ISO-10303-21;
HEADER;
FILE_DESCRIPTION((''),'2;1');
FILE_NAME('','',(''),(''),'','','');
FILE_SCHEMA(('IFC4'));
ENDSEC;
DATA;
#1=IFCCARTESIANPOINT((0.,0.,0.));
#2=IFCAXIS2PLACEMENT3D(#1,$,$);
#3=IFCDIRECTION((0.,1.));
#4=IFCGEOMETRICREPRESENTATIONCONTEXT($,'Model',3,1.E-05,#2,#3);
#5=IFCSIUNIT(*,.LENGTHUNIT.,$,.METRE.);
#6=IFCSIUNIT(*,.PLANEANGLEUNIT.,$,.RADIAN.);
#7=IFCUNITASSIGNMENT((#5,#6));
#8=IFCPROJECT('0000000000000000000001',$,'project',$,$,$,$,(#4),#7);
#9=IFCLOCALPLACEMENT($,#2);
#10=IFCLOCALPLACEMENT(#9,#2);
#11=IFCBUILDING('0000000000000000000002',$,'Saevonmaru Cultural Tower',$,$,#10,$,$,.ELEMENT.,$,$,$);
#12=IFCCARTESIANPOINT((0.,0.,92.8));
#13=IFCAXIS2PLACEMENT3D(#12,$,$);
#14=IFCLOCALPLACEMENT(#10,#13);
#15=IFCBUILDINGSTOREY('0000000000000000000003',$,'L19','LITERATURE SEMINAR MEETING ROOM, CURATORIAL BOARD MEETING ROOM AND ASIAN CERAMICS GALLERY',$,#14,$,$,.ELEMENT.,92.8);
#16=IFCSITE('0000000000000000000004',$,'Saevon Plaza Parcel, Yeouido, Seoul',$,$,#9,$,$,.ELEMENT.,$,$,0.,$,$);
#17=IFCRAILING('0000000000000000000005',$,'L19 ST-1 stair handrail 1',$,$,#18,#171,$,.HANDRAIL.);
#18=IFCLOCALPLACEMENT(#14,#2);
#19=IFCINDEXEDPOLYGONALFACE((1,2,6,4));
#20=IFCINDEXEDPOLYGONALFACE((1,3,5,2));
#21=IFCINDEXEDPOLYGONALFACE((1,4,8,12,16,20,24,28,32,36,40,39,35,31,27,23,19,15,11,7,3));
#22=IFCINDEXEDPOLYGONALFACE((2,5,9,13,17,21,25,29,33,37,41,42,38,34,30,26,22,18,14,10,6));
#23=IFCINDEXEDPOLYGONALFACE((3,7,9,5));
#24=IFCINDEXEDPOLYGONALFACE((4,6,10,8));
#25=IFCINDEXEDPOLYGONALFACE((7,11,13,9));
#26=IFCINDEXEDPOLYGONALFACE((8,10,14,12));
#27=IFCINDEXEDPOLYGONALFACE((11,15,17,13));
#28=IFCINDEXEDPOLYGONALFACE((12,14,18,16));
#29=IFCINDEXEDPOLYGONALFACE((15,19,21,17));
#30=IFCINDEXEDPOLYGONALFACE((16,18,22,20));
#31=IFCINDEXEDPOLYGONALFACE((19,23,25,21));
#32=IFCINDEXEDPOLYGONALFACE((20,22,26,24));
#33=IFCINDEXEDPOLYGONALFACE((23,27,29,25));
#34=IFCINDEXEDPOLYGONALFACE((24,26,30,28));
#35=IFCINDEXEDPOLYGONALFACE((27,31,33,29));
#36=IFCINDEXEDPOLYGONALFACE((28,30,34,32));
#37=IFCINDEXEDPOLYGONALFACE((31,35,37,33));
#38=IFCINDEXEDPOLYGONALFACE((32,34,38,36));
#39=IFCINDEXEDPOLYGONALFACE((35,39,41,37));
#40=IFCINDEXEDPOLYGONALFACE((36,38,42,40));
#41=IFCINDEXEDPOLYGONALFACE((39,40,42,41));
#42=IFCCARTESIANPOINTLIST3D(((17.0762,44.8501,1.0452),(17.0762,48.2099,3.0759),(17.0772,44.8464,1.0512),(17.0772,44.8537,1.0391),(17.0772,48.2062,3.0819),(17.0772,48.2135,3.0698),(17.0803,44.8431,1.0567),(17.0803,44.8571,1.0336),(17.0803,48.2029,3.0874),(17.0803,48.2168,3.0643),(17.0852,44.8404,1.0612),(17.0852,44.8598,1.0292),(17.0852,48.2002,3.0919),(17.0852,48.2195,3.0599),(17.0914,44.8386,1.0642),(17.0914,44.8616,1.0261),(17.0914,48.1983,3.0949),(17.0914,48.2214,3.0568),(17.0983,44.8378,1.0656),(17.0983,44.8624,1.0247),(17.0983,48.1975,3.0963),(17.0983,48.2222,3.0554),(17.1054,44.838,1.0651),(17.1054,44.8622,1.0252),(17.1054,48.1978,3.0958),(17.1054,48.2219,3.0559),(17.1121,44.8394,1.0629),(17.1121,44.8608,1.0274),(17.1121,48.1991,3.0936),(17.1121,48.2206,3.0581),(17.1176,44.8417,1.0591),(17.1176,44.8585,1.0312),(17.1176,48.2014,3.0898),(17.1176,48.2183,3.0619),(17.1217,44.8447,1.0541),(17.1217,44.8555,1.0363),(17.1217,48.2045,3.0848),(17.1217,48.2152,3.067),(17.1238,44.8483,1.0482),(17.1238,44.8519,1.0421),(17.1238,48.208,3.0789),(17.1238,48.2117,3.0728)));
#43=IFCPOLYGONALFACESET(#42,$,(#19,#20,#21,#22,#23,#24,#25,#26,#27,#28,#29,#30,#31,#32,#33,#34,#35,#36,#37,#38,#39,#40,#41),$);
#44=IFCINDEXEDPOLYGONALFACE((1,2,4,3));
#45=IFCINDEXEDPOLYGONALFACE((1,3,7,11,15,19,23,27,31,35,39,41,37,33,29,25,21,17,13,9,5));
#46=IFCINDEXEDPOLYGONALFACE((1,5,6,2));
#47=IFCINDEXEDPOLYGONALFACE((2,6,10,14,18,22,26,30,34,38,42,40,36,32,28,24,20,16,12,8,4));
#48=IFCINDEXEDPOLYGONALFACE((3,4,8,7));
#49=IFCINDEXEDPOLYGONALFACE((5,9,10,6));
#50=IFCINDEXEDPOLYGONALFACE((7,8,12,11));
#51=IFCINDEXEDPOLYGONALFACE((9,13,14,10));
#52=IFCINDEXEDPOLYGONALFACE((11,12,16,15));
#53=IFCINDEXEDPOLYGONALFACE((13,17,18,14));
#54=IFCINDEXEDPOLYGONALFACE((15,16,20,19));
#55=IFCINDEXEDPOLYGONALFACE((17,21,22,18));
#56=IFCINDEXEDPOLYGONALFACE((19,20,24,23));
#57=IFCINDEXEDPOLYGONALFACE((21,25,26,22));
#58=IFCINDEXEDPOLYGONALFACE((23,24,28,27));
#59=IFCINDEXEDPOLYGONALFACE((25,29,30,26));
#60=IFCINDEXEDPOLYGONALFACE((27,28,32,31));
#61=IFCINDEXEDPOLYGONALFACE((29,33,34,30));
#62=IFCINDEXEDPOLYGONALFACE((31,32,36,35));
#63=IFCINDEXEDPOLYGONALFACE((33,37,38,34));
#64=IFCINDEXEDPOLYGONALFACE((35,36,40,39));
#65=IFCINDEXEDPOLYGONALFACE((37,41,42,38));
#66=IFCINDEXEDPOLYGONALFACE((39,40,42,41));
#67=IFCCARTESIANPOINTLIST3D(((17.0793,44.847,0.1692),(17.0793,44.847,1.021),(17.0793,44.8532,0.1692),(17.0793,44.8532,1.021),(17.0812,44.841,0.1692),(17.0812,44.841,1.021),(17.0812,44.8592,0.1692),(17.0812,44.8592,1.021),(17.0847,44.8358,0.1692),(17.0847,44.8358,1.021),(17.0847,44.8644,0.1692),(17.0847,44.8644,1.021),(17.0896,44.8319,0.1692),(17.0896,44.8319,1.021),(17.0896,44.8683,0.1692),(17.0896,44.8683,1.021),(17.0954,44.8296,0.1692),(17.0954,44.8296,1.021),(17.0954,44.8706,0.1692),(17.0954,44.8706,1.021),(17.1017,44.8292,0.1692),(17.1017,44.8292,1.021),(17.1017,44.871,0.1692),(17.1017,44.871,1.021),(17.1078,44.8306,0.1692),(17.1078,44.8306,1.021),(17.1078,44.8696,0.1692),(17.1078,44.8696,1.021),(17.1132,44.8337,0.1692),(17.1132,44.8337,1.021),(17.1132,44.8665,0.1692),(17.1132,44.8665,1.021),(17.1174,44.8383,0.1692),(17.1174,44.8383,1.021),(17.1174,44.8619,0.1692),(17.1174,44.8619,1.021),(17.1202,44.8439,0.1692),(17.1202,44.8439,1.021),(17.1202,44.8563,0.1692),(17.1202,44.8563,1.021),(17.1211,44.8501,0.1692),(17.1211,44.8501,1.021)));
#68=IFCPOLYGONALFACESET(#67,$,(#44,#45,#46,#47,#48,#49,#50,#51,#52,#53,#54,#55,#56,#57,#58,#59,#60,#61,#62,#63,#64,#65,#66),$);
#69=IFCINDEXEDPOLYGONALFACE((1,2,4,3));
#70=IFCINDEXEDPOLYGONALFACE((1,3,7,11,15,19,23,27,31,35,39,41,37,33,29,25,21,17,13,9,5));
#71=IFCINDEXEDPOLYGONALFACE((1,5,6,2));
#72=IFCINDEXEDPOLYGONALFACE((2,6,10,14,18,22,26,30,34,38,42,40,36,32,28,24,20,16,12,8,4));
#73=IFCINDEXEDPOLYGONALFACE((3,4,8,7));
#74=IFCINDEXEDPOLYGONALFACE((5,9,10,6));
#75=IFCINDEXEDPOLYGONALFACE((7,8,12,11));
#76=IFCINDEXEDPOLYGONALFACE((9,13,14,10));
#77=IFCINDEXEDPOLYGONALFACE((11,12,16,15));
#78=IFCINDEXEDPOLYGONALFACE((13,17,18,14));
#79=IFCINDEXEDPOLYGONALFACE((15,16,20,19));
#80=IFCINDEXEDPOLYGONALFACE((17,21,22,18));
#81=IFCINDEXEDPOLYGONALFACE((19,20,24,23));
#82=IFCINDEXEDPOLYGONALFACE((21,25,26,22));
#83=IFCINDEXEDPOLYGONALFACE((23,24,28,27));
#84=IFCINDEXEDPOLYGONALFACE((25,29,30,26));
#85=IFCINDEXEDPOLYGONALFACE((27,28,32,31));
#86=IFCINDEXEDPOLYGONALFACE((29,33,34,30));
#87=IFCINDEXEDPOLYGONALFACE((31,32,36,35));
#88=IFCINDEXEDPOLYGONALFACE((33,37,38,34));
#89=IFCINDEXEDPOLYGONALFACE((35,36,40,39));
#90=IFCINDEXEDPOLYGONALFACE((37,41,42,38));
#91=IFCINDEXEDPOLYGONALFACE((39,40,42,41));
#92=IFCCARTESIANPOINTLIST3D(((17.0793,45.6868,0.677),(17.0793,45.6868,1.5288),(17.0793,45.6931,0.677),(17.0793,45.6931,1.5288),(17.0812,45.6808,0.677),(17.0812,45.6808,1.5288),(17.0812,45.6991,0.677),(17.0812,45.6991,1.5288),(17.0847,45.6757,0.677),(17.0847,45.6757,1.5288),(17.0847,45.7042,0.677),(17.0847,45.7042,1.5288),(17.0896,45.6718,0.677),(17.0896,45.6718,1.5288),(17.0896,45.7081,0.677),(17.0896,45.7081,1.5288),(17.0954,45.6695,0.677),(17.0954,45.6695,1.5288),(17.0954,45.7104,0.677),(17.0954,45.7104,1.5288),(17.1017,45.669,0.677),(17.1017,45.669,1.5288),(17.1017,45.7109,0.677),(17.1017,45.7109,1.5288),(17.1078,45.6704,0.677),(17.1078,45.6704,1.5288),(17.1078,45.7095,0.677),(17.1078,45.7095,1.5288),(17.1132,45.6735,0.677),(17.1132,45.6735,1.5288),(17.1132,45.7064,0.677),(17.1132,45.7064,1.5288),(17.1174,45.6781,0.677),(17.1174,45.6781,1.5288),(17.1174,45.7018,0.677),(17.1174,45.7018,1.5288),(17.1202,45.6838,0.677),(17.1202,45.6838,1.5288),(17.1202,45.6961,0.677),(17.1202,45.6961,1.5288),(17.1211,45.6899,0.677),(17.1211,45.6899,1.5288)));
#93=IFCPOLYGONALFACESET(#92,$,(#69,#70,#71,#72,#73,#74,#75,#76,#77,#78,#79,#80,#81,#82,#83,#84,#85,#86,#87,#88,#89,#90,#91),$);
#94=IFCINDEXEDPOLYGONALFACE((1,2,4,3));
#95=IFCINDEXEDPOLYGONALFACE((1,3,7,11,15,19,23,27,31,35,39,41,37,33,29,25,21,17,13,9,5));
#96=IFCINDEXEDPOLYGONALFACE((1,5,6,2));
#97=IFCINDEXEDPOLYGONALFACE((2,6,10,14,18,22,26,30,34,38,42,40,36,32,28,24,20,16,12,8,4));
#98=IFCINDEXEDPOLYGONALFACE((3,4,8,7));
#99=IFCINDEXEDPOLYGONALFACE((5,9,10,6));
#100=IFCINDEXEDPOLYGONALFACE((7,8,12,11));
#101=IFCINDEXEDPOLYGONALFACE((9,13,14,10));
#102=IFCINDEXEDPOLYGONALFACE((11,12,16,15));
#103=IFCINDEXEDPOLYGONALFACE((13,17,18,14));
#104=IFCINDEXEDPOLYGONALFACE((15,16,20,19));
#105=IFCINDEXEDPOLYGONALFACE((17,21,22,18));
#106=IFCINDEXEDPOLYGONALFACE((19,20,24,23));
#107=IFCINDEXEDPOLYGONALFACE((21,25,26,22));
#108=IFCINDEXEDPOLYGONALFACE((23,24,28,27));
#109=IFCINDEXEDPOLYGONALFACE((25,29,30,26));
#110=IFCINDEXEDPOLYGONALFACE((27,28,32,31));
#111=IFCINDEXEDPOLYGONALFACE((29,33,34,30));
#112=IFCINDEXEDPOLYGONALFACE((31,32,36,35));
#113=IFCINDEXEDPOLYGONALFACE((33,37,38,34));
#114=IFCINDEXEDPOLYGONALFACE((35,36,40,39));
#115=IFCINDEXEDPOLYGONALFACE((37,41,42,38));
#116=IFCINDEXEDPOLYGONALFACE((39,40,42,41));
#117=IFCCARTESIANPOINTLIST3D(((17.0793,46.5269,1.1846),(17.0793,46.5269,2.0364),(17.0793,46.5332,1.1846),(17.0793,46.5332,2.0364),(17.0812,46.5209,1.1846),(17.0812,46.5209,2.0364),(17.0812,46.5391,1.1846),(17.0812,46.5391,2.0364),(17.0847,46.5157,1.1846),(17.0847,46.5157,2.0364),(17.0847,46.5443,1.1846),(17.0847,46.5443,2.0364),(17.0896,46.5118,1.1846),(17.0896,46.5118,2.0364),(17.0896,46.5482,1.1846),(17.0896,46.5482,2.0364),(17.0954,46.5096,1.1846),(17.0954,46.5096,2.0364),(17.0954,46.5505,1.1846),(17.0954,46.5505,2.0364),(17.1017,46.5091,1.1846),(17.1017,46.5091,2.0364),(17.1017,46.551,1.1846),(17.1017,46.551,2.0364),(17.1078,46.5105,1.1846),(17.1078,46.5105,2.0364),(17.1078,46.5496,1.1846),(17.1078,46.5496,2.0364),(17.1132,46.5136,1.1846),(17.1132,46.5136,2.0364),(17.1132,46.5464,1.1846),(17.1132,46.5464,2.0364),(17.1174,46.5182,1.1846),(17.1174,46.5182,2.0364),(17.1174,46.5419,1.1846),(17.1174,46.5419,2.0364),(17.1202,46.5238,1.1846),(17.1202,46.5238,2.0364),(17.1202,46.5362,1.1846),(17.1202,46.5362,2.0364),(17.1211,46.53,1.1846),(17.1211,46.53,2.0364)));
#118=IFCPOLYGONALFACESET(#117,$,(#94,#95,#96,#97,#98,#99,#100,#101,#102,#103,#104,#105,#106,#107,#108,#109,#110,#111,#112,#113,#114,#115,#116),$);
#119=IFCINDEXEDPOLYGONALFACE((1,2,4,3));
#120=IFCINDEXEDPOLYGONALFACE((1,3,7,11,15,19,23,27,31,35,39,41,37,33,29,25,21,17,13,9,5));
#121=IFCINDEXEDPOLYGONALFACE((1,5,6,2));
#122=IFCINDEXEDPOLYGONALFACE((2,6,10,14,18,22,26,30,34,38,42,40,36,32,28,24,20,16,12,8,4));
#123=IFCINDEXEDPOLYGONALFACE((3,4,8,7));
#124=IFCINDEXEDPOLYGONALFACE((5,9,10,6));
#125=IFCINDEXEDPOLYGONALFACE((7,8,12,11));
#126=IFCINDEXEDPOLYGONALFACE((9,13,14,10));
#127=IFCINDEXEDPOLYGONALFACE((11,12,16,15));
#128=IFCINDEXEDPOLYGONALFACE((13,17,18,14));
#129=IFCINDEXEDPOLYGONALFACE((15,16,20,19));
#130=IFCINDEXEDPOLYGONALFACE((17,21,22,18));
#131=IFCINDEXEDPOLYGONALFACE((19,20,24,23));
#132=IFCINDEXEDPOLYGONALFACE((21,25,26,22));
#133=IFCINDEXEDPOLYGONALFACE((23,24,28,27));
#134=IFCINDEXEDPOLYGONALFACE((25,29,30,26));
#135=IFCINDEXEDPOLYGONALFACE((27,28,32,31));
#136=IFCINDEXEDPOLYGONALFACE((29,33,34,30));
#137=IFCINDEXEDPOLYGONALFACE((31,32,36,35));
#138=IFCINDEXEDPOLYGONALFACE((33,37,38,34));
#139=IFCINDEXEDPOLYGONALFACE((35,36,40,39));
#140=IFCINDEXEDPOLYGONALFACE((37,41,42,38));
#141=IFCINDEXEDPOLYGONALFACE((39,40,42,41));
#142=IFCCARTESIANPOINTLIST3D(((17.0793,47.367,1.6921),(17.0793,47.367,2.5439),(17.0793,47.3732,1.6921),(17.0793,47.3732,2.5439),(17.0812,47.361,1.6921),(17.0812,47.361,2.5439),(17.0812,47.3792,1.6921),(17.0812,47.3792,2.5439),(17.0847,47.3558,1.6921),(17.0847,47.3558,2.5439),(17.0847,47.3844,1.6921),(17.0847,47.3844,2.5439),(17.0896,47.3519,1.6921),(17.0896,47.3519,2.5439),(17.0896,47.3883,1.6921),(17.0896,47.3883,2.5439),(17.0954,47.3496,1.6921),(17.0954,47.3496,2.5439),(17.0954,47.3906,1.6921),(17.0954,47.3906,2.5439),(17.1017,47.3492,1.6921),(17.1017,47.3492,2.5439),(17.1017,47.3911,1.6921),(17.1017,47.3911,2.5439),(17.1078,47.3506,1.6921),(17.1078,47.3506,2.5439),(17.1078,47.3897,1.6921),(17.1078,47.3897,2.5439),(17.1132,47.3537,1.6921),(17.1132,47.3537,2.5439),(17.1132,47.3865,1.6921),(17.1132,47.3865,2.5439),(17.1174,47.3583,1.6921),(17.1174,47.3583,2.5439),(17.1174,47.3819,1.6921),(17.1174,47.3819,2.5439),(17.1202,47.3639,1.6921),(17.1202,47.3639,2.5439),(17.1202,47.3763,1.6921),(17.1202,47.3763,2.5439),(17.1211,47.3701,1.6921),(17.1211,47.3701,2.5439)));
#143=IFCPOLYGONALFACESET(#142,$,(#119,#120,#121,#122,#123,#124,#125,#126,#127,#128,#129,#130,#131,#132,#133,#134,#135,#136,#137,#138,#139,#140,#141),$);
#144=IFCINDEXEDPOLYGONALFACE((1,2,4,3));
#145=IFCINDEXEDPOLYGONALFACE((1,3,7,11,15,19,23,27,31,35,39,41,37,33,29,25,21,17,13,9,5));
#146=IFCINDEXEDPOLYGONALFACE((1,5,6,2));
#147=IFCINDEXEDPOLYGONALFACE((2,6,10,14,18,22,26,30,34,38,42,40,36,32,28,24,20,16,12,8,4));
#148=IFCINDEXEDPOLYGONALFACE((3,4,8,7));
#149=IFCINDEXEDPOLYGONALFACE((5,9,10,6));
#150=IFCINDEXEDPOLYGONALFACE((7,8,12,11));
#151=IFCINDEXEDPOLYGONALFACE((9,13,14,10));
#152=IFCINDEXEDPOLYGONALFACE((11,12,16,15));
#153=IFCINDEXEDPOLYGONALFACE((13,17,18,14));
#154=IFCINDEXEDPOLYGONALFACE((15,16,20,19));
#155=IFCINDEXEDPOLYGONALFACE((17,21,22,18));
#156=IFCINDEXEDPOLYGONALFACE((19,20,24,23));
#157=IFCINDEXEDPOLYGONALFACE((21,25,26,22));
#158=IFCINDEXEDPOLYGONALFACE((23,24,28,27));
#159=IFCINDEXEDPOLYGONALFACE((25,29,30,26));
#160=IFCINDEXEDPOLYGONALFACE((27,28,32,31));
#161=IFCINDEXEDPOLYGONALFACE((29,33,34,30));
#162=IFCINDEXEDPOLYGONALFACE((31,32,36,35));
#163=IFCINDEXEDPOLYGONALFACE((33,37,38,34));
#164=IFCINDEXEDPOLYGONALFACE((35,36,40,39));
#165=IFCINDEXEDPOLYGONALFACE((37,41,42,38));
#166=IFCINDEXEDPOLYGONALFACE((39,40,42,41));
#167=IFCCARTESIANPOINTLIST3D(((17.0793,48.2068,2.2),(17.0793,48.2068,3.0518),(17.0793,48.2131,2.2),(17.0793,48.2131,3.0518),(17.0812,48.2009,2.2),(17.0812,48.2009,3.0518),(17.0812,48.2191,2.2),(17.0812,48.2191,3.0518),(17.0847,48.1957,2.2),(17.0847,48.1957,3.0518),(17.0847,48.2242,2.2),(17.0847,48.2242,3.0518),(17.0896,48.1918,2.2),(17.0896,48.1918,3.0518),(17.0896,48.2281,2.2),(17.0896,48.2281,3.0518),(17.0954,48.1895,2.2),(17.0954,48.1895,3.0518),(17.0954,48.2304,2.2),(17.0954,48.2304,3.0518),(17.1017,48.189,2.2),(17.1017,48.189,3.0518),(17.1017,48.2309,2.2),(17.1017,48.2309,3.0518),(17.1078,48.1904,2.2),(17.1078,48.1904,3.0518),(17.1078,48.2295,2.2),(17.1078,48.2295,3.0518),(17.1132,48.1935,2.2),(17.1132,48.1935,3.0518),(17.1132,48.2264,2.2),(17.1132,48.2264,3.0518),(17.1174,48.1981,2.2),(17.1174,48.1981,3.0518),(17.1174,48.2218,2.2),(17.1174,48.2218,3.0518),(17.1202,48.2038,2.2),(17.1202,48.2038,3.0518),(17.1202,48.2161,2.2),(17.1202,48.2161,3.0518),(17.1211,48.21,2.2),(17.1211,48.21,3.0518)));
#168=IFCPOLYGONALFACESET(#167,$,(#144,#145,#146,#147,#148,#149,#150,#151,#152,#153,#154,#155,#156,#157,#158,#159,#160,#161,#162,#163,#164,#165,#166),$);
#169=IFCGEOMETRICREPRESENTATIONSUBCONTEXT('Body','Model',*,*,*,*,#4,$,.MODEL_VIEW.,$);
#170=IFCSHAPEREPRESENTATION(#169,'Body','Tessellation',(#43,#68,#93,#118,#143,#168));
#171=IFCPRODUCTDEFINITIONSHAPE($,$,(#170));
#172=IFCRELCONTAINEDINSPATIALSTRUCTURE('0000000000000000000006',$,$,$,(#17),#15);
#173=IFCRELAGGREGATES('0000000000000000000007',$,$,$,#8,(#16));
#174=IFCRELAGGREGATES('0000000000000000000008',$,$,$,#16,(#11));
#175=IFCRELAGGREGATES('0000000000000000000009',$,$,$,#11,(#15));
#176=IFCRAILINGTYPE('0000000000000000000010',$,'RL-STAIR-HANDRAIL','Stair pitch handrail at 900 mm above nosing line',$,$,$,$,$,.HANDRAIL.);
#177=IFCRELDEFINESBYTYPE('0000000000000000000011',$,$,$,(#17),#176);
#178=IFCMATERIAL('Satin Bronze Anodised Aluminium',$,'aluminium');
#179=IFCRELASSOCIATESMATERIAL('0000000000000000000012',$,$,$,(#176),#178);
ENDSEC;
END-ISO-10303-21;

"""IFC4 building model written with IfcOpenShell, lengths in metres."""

from ifc_helpers import new_model, si_unit, direction, frame, origin, origin_2d, place, context, subcontext, project, spatial, circle, extrude, material, type_object, element, save


model = new_model("IFC4")

# Units and contexts
model_context = context("Model", 3, precision=1e-05, world=origin(), true_north=direction((0.0, 1.0)))
body_context = subcontext(model_context, "Body", "Model", "MODEL_VIEW")
ifc_project = project(units=[si_unit("LENGTHUNIT", "METRE"), si_unit("PLANEANGLEUNIT", "RADIAN")], contexts=[model_context])

# Site, building, storey
site_placement = place(None, origin())
site = spatial("IfcSite", under=ifc_project, at=site_placement, Name="Saevon Plaza Parcel, Yeouido, Seoul", CompositionType="ELEMENT", RefElevation=0.0)
building_placement = place(site_placement, origin())
building = spatial("IfcBuilding", under=site, at=building_placement, Name="Saevonmaru Cultural Tower", CompositionType="ELEMENT")
storey_placement = place(building_placement, frame((0.0, 0.0, 92.8)))
storey = spatial("IfcBuildingStorey", under=building, at=storey_placement, Name="L19", Description="LITERATURE SEMINAR MEETING ROOM, CURATORIAL BOARD MEETING ROOM AND ASIAN CERAMICS GALLERY", CompositionType="ELEMENT", Elevation=92.8)

# Shared definitions
ifc_material_1 = material(Name="Satin Bronze Anodised Aluminium", Category="aluminium")

# Railing
railing_type_1 = type_object("IfcRailingType", Name="RL-STAIR-HANDRAIL", Description="Stair pitch handrail at 900 mm above nosing line", PredefinedType="HANDRAIL", material=ifc_material_1)
railing_1_placement = place(storey_placement, frame((17.1001, 44.8501, 0.1692)))
element("IfcRailing", 1, at=railing_1_placement, inside=storey, type_object=railing_type_1, Name="L19 ST-1 stair handrail 1", PredefinedType="HANDRAIL", context=body_context, shape_type="SweptSolid", body=[
    extrude(circle(Radius=0.0239, at=origin_2d()), frame((0.0, 0.0, 0.876), z_axis=(0.0, 0.85582, 0.517273), x_axis=(-1.0, 0.0, 0.0)), (0.0, 0.0, 1.0), 3.9258),
    extrude(circle(Radius=0.021, at=origin_2d()), origin(), (0.0, 0.0, 1.0), 0.8518),
    extrude(circle(Radius=0.021, at=origin_2d()), frame((0.0, 0.8398, 0.5078)), (0.0, 0.0, 1.0), 0.8518),
    extrude(circle(Radius=0.021, at=origin_2d()), frame((0.0, 1.6799, 1.0154)), (0.0, 0.0, 1.0), 0.8518),
    extrude(circle(Radius=0.021, at=origin_2d()), frame((0.0, 2.52, 1.5229)), (0.0, 0.0, 1.0), 0.8518),
    extrude(circle(Radius=0.021, at=origin_2d()), frame((0.0, 3.3599, 2.0308)), (0.0, 0.0, 1.0), 0.8518),
])

save(model, "model.ifc")
